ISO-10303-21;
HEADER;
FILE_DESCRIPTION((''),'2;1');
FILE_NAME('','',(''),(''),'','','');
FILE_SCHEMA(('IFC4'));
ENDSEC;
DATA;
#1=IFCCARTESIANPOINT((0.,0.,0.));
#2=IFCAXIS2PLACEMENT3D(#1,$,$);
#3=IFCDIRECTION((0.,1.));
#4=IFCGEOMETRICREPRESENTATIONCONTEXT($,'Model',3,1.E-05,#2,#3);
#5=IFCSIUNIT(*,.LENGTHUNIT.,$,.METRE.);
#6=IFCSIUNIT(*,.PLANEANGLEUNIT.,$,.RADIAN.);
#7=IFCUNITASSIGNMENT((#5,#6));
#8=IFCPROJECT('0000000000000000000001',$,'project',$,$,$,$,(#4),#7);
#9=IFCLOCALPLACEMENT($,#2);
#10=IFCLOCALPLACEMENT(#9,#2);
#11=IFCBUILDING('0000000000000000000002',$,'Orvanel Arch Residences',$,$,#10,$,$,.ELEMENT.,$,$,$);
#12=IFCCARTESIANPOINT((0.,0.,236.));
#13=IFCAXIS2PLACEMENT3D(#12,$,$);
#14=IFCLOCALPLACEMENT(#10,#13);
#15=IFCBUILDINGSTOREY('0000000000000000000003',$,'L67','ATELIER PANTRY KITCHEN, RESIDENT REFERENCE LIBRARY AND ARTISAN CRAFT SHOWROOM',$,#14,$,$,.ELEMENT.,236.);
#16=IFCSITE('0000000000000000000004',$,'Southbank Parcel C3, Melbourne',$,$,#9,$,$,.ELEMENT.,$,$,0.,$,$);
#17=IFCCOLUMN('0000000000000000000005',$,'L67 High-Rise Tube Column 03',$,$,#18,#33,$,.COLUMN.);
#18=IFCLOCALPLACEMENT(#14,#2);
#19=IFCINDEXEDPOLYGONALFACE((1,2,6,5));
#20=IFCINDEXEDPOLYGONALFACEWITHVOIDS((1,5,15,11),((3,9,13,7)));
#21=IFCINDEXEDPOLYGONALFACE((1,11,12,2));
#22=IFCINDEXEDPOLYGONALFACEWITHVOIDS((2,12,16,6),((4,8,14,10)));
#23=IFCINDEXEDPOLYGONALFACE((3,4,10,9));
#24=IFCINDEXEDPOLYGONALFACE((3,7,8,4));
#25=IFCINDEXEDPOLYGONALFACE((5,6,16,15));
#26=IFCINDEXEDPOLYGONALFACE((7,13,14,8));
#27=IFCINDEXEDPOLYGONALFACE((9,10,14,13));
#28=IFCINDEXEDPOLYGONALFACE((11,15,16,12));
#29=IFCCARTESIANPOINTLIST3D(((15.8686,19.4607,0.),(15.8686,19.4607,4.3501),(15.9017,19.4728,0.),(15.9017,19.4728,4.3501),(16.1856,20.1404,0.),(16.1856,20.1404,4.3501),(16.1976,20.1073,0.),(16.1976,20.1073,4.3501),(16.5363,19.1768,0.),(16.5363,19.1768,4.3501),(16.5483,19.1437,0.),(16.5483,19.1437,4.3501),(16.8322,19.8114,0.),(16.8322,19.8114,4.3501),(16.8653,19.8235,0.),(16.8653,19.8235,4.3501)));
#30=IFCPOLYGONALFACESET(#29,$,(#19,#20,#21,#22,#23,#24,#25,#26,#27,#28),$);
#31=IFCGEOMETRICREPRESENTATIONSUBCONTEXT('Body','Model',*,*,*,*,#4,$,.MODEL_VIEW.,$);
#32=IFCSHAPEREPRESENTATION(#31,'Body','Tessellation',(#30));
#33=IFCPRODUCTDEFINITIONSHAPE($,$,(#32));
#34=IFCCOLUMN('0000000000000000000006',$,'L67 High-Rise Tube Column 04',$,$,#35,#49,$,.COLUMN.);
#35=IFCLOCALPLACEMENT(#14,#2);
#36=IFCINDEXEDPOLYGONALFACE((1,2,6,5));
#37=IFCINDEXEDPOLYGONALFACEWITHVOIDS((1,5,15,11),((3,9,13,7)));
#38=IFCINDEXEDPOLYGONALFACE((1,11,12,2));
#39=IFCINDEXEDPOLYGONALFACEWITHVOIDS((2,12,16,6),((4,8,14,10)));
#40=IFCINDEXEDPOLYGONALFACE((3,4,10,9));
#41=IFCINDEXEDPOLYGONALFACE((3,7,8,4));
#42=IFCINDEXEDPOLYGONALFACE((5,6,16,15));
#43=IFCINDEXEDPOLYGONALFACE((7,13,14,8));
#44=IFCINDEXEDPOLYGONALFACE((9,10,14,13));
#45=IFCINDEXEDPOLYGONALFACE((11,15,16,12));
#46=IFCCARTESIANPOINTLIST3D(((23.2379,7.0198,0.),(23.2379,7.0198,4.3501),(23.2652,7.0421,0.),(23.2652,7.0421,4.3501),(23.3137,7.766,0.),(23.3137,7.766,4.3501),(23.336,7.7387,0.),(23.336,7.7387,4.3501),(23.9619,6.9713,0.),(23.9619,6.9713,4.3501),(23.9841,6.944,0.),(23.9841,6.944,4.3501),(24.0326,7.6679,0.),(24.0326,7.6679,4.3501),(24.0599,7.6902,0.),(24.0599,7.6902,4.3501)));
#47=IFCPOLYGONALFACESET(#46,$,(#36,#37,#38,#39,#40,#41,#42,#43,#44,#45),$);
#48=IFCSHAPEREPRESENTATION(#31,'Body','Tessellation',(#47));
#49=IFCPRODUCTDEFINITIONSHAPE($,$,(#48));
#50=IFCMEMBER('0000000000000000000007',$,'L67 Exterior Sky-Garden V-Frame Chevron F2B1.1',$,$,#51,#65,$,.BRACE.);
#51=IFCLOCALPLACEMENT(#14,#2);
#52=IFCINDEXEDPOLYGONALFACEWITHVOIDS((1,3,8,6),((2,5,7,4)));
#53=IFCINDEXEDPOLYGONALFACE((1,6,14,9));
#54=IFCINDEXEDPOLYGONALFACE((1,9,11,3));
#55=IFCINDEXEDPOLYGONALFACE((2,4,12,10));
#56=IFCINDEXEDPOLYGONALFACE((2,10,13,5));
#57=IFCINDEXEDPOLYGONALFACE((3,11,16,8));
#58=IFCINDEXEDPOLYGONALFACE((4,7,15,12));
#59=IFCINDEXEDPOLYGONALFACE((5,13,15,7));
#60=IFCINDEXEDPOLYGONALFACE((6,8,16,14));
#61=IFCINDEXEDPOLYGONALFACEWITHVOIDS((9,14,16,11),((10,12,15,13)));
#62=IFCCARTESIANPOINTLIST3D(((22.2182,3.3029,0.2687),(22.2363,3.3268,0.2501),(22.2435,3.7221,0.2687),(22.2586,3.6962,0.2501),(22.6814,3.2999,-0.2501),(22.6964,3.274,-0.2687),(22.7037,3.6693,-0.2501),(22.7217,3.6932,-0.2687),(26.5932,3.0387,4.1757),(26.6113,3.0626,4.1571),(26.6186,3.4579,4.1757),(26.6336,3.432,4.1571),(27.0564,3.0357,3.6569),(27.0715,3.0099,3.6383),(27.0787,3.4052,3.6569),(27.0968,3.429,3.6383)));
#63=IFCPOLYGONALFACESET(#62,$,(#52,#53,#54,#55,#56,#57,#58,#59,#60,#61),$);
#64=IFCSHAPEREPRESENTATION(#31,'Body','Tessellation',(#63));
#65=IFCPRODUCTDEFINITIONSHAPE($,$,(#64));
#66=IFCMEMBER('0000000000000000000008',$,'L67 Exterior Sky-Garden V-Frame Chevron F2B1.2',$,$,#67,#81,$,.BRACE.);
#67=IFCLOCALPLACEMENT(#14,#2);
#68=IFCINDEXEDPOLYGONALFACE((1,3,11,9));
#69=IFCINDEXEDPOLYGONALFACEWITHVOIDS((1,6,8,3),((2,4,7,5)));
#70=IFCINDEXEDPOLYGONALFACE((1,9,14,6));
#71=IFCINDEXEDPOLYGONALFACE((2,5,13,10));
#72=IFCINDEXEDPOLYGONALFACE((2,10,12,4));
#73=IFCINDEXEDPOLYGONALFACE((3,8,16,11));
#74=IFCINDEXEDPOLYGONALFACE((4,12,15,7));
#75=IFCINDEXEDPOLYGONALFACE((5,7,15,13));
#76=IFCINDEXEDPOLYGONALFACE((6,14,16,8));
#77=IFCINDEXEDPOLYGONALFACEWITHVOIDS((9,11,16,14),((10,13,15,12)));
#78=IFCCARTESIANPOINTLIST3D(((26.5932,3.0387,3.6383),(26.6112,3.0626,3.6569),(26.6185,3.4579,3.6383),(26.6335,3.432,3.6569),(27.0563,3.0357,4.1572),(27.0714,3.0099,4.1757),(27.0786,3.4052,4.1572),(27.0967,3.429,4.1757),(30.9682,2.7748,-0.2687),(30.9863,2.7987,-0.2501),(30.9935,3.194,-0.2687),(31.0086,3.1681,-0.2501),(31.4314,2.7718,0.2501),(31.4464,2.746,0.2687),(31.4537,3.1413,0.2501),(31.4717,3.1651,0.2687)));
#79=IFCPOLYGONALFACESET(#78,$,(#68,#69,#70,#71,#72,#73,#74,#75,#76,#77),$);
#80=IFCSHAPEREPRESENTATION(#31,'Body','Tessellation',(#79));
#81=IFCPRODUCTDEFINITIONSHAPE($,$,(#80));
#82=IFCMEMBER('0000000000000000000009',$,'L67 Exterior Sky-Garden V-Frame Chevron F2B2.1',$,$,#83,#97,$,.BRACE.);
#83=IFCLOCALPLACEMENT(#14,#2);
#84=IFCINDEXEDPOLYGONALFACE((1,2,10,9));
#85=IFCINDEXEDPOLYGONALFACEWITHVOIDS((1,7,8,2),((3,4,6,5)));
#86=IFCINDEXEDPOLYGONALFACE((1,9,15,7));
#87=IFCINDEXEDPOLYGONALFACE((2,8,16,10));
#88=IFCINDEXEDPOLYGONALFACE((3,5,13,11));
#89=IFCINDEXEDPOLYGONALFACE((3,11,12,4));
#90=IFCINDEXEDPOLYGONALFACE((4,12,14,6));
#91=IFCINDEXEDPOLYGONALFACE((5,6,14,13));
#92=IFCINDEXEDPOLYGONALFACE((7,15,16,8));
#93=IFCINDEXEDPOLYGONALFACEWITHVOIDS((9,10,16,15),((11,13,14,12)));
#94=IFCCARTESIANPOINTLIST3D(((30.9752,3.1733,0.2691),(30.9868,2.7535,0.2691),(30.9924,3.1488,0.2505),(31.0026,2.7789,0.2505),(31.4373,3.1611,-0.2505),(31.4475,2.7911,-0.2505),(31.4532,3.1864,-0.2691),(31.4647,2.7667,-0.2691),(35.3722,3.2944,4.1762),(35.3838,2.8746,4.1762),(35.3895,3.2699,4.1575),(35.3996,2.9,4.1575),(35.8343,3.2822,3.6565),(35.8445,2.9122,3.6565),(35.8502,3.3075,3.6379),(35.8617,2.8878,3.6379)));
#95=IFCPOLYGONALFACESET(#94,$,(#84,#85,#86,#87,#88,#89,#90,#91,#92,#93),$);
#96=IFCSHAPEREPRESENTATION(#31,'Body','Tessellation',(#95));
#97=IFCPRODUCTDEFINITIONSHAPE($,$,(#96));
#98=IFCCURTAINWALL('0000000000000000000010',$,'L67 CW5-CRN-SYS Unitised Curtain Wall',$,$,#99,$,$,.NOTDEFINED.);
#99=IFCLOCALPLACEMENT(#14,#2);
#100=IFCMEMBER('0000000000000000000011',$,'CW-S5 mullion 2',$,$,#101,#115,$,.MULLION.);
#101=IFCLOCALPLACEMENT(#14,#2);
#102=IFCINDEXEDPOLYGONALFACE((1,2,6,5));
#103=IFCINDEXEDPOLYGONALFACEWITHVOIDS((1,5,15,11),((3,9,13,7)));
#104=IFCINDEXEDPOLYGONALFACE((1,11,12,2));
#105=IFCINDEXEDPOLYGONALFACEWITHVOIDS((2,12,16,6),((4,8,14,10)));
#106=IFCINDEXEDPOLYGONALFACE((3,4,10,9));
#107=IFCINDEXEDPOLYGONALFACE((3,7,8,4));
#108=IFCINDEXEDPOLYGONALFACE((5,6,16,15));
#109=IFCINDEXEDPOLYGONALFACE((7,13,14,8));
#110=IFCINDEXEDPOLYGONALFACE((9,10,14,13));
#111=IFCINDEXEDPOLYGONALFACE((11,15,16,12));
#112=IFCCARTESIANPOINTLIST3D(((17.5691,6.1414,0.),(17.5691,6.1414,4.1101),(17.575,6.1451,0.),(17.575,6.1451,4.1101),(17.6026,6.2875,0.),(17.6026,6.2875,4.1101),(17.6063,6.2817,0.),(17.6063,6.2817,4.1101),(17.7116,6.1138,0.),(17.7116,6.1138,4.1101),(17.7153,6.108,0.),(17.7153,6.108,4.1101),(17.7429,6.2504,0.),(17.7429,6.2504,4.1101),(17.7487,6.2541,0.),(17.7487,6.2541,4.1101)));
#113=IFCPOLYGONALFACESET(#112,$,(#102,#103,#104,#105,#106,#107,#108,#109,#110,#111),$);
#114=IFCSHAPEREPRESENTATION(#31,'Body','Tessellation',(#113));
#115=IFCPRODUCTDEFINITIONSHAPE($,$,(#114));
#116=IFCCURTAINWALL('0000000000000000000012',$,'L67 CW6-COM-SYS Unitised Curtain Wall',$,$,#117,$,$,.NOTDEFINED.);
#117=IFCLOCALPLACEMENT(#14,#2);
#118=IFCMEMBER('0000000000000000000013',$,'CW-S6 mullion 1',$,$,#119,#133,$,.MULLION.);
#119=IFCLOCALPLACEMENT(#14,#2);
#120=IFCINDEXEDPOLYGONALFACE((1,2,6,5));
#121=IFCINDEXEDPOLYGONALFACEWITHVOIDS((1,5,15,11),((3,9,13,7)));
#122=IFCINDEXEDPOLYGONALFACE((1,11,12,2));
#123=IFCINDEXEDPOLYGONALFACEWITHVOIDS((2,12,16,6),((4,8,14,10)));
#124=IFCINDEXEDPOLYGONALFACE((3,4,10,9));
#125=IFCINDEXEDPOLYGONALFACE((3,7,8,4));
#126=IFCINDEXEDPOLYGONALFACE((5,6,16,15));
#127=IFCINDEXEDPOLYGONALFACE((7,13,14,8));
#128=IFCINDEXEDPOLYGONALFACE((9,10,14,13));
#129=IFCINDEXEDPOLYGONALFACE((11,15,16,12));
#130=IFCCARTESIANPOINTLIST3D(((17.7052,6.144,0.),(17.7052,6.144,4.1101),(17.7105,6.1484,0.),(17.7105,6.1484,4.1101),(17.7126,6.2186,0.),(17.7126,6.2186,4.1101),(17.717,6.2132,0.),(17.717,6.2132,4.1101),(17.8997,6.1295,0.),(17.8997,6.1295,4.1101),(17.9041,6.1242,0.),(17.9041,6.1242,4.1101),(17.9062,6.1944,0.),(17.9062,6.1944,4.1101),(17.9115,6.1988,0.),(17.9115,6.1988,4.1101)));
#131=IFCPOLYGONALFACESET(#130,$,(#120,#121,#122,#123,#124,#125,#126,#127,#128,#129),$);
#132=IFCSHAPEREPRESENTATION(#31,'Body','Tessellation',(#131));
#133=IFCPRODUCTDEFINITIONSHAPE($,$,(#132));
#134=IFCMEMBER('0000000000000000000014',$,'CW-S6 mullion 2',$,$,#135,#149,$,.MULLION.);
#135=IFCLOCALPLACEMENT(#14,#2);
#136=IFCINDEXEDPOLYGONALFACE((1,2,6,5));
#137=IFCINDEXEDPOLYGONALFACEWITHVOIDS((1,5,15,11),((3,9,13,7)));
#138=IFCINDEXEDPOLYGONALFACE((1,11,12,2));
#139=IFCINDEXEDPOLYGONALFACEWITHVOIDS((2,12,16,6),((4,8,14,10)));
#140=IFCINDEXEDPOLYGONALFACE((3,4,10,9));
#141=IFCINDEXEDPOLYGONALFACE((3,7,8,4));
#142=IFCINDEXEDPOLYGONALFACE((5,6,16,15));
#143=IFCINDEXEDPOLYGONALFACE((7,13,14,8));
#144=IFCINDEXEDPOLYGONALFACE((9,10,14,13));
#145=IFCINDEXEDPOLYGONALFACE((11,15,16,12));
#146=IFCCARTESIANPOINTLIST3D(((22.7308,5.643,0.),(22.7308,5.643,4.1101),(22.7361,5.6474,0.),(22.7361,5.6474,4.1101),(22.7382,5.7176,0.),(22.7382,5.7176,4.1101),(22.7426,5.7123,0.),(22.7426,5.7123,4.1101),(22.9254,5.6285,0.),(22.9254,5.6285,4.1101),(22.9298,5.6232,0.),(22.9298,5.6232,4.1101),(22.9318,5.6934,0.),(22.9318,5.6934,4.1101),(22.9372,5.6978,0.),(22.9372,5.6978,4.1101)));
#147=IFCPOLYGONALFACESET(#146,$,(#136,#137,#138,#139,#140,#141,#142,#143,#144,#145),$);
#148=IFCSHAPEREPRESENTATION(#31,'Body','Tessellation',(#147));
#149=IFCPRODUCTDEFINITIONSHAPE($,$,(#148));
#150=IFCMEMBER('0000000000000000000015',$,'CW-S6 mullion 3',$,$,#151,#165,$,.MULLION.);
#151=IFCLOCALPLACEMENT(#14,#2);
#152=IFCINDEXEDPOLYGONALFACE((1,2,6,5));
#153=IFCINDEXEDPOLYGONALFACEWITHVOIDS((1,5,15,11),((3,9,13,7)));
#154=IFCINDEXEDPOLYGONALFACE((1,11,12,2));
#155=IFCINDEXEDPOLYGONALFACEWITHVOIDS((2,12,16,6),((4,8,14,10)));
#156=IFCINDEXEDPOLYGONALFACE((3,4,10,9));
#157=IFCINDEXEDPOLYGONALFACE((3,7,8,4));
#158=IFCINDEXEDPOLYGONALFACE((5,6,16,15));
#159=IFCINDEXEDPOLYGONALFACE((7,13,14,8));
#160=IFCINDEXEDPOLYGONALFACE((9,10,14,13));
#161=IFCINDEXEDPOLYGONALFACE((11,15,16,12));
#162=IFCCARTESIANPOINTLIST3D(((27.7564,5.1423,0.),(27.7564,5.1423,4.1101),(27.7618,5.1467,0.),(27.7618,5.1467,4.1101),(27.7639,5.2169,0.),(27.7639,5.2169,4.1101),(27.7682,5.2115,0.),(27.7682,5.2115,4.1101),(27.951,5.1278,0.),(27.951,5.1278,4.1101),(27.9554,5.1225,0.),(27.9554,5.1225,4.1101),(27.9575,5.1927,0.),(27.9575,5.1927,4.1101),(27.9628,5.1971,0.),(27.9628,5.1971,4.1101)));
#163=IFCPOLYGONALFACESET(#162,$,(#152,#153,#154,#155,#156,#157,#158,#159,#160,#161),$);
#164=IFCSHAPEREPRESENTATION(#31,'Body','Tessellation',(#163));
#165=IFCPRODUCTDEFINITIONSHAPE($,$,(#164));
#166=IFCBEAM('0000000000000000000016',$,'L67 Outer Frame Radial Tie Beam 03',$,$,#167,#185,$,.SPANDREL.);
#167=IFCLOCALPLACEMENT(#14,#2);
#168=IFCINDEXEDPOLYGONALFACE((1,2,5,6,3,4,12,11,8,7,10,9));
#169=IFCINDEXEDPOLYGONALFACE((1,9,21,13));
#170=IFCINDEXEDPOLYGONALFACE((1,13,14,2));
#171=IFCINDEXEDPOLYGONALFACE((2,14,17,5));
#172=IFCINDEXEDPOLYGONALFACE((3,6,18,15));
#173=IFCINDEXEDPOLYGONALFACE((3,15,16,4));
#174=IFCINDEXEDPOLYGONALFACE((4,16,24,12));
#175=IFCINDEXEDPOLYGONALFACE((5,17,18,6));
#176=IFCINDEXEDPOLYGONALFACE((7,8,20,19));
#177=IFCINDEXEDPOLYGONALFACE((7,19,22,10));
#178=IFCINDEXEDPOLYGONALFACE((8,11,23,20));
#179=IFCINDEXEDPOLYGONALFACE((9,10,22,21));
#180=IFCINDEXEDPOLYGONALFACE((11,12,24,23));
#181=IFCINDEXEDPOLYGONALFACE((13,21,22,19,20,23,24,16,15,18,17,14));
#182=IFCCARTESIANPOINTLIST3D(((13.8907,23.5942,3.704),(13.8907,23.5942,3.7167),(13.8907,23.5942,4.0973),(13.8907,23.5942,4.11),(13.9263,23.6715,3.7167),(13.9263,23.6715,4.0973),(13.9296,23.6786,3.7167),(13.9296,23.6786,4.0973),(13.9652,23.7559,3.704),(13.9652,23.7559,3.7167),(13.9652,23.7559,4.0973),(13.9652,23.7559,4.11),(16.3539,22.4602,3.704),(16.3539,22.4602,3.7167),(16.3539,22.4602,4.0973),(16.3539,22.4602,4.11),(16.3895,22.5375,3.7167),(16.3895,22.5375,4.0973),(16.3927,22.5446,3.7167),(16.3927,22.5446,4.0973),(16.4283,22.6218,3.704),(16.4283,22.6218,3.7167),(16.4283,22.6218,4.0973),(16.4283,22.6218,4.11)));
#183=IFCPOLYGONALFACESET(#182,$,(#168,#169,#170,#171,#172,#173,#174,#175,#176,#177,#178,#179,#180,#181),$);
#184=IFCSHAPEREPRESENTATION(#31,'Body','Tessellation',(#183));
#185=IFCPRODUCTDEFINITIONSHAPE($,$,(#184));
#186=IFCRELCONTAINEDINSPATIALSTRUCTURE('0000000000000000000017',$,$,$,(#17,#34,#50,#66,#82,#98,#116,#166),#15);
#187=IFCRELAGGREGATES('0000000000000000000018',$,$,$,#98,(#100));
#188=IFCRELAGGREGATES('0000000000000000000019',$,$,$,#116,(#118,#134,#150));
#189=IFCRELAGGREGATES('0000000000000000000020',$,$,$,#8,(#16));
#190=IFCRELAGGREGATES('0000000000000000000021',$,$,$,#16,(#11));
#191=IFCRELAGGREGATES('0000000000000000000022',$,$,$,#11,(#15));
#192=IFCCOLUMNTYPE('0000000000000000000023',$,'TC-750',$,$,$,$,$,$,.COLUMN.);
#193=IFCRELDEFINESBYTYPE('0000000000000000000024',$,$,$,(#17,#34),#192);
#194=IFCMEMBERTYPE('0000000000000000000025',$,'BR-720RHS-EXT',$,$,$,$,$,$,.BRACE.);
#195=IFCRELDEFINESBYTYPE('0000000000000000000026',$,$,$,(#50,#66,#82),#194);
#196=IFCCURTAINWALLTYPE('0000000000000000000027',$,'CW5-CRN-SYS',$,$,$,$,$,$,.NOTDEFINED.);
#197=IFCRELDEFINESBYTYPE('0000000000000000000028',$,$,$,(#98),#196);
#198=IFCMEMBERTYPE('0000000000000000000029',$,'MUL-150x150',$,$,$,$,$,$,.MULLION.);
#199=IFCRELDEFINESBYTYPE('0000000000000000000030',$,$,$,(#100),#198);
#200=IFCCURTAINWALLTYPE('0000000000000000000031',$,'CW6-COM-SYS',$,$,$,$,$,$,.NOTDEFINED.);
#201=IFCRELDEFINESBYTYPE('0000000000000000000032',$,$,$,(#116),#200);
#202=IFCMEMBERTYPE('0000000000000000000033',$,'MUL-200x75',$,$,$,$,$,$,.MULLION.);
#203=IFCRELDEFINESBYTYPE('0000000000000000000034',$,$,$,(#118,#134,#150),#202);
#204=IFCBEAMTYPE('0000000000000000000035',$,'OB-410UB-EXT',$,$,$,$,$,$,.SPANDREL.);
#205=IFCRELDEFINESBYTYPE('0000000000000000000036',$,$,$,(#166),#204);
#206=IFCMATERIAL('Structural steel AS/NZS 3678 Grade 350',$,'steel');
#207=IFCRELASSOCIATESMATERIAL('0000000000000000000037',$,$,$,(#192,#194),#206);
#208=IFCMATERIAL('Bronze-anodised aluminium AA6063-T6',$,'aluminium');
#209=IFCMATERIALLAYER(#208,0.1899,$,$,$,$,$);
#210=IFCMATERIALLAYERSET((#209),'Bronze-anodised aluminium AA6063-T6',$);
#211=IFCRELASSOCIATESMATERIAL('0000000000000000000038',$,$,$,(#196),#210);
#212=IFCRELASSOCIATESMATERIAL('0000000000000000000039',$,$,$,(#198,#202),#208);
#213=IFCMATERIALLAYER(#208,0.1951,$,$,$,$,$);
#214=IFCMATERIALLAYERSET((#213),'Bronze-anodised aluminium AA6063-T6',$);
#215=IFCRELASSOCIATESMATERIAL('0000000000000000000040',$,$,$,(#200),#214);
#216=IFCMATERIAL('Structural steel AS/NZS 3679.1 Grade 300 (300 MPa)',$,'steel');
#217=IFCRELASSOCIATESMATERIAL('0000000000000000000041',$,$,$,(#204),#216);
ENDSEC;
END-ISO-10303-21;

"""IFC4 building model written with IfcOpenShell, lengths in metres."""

from ifc_helpers import new_model, si_unit, direction, frame, origin, origin_2d, place, context, subcontext, project, spatial, hollow_rectangle, i_section, extrude, material, layer, layer_set, material_profile, profile_set, type_object, element, aggregate, save


model = new_model("IFC4")

# Units and contexts
model_context = context("Model", 3, precision=1e-05, world=origin(), true_north=direction((0.0, 1.0)))
body_context = subcontext(model_context, "Body", "Model", "MODEL_VIEW")
ifc_project = project(units=[si_unit("LENGTHUNIT", "METRE"), si_unit("PLANEANGLEUNIT", "RADIAN")], contexts=[model_context])

# Site, building, storey
site_placement = place(None, origin())
site = spatial("IfcSite", under=ifc_project, at=site_placement, Name="Southbank Parcel C3, Melbourne", CompositionType="ELEMENT", RefElevation=0.0)
building_placement = place(site_placement, origin())
building = spatial("IfcBuilding", under=site, at=building_placement, Name="Orvanel Arch Residences", CompositionType="ELEMENT")
storey_placement = place(building_placement, frame((0.0, 0.0, 236.0)))
storey = spatial("IfcBuildingStorey", under=building, at=storey_placement, Name="L67", Description="ATELIER PANTRY KITCHEN, RESIDENT REFERENCE LIBRARY AND ARTISAN CRAFT SHOWROOM", CompositionType="ELEMENT", Elevation=236.0)

# Columns
ifc_material_1 = material(Name="Structural steel AS/NZS 3678 Grade 350", Category="steel")
ifc_material_profile_1 = material_profile(ifc_material_1, hollow_rectangle(XDim=0.75, YDim=0.75, WallThickness=0.0249, at=origin_2d()), Name="BOX750x750x25")
ifc_profile_set_1 = profile_set([ifc_material_profile_1], Name="Structural steel AS/NZS 3678 Grade 350")
column_type = type_object("IfcColumnType", Name="TC-750", PredefinedType="COLUMN", material=ifc_profile_set_1)
for number, where, z_axis, x_axis, name in (
    (1, (16.3669, 19.6421, 0.0), (0.0, 0.0, 1.0), (0.422618, 0.906308, 0.0), "L67 High-Rise Tube Column 03"),
    (2, (23.6489, 7.355, 0.0), (0.0, 0.0, 1.0), (-0.994881, 0.101056, 0.0), "L67 High-Rise Tube Column 04"),
):
    element("IfcColumn", number, at=place(storey_placement, frame(where, z_axis=z_axis, x_axis=x_axis)), inside=storey, type_object=column_type, Name=name, PredefinedType="COLUMN", context=body_context, shape_type="SweptSolid", body=[
        extrude(hollow_rectangle(XDim=0.75, YDim=0.75, WallThickness=0.0249, at=origin_2d()), origin(), (0.0, 0.0, 1.0), 4.3501),
    ])

# Members
ifc_material_profile_2 = material_profile(ifc_material_1, hollow_rectangle(XDim=0.4199, YDim=0.72, WallThickness=0.0249, at=origin_2d()), Name="RHS720x420x25")
ifc_profile_set_2 = profile_set([ifc_material_profile_2], Name="Structural steel AS/NZS 3678 Grade 350")
member_type_1 = type_object("IfcMemberType", Name="BR-720RHS-EXT", PredefinedType="BRACE", material=ifc_profile_set_2)
for number, where, z_axis, x_axis, name in (
    (3, (22.47, 3.498, 0.0), (0.74512, -0.04499, 0.665411), (0.06027, 0.998182, 0.0), "L67 Exterior Sky-Garden V-Frame Chevron F2B1.1"),
    (4, (31.22, 2.97, 0.0), (-0.745122, 0.044948, 0.665412), (-0.060214, -0.998185, 0.0), "L67 Exterior Sky-Garden V-Frame Chevron F2B1.2"),
):
    element("IfcMember", number, at=place(storey_placement, frame(where, z_axis=z_axis, x_axis=x_axis)), inside=storey, type_object=member_type_1, Name=name, PredefinedType="BRACE", context=body_context, shape_type="SweptSolid", body=[
        extrude(hollow_rectangle(XDim=0.4199, YDim=0.72, WallThickness=0.0249, at=origin_2d()), origin(), (0.0, 0.0, 1.0), 5.8716),
    ])
member_1_placement = place(storey_placement, frame((31.22, 2.97, 0.0), z_axis=(0.747372, 0.020583, 0.664087), x_axis=(-0.02753, 0.999621, 0.0)))
element("IfcMember", 5, at=member_1_placement, inside=storey, type_object=member_type_1, Name="L67 Exterior Sky-Garden V-Frame Chevron F2B2.1", PredefinedType="BRACE", context=body_context, shape_type="SweptSolid", body=[
    extrude(hollow_rectangle(XDim=0.4199, YDim=0.72, WallThickness=0.0249, at=origin_2d()), origin(), (0.0, 0.0, 1.0), 5.8833),
])

# Curtain wall, member
ifc_material_2 = material(Name="Bronze-anodised aluminium AA6063-T6", Category="aluminium")
ifc_layer_1 = layer(ifc_material_2, 0.1899)
ifc_layer_set_1 = layer_set([ifc_layer_1], Name="Bronze-anodised aluminium AA6063-T6")
curtain_wall_type_1 = type_object("IfcCurtainWallType", Name="CW5-CRN-SYS", PredefinedType="NOTDEFINED", material=ifc_layer_set_1)
curtain_wall_1_placement = place(storey_placement, origin())
curtain_wall_1 = element("IfcCurtainWall", 6, at=curtain_wall_1_placement, inside=storey, type_object=curtain_wall_type_1, Name="L67 CW5-CRN-SYS Unitised Curtain Wall", PredefinedType="NOTDEFINED")
ifc_material_profile_3 = material_profile(ifc_material_2, hollow_rectangle(XDim=0.1499, YDim=0.1499, WallThickness=0.0049, at=origin_2d()), Name="ALU150x150x5")
ifc_profile_set_3 = profile_set([ifc_material_profile_3], Name="Bronze-anodised aluminium AA6063-T6")
member_type_2 = type_object("IfcMemberType", Name="MUL-150x150", PredefinedType="MULLION", material=ifc_profile_set_3)
member_2_placement = place(storey_placement, frame((17.6589, 6.1978, 0.0), z_axis=(0.0, 0.0, 1.0), x_axis=(0.223172, 0.974779, 0.0)))
member_2 = element("IfcMember", 7, at=member_2_placement, type_object=member_type_2, Name="CW-S5 mullion 2", PredefinedType="MULLION", context=body_context, shape_type="SweptSolid", body=[
    extrude(hollow_rectangle(XDim=0.1499, YDim=0.1499, WallThickness=0.0049, at=origin_2d()), origin(), (0.0, 0.0, 1.0), 4.1101),
])

# Curtain wall, members
ifc_layer_2 = layer(ifc_material_2, 0.1951)
ifc_layer_set_2 = layer_set([ifc_layer_2], Name="Bronze-anodised aluminium AA6063-T6")
curtain_wall_type_2 = type_object("IfcCurtainWallType", Name="CW6-COM-SYS", PredefinedType="NOTDEFINED", material=ifc_layer_set_2)
curtain_wall_2_placement = place(storey_placement, origin())
curtain_wall_2 = element("IfcCurtainWall", 8, at=curtain_wall_2_placement, inside=storey, type_object=curtain_wall_type_2, Name="L67 CW6-COM-SYS Unitised Curtain Wall", PredefinedType="NOTDEFINED")
ifc_material_profile_4 = material_profile(ifc_material_2, hollow_rectangle(XDim=0.075, YDim=0.2, WallThickness=0.0049, at=origin_2d()), Name="ALU200x75x5")
ifc_profile_set_4 = profile_set([ifc_material_profile_4], Name="Bronze-anodised aluminium AA6063-T6")
member_type_3 = type_object("IfcMemberType", Name="MUL-200x75", PredefinedType="MULLION", material=ifc_profile_set_4)
member_3_placement = place(storey_placement, frame((17.8083, 6.1714, 0.0), z_axis=(0.0, 0.0, 1.0), x_axis=(0.099153, 0.995072, 0.0)))
member_3 = element("IfcMember", 9, at=member_3_placement, type_object=member_type_3, Name="CW-S6 mullion 1", PredefinedType="MULLION", context=body_context, shape_type="SweptSolid", body=[
    extrude(hollow_rectangle(XDim=0.075, YDim=0.2, WallThickness=0.0049, at=origin_2d()), origin(), (0.0, 0.0, 1.0), 4.1101),
])
member_4_placement = place(storey_placement, frame((22.834, 5.6704, 0.0), z_axis=(0.0, 0.0, 1.0), x_axis=(0.099153, 0.995072, 0.0)))
member_4 = element("IfcMember", 10, at=member_4_placement, type_object=member_type_3, Name="CW-S6 mullion 2", PredefinedType="MULLION", context=body_context, shape_type="SweptSolid", body=[
    extrude(hollow_rectangle(XDim=0.075, YDim=0.2, WallThickness=0.0049, at=origin_2d()), origin(), (0.0, 0.0, 1.0), 4.1101),
])
member_5_placement = place(storey_placement, frame((27.8596, 5.1697, 0.0), z_axis=(0.0, 0.0, 1.0), x_axis=(0.099153, 0.995072, 0.0)))
member_5 = element("IfcMember", 11, at=member_5_placement, type_object=member_type_3, Name="CW-S6 mullion 3", PredefinedType="MULLION", context=body_context, shape_type="SweptSolid", body=[
    extrude(hollow_rectangle(XDim=0.075, YDim=0.2, WallThickness=0.0049, at=origin_2d()), origin(), (0.0, 0.0, 1.0), 4.1101),
])

# Beam
ifc_material_3 = material(Name="Structural steel AS/NZS 3679.1 Grade 300 (300 MPa)", Category="steel")
ifc_material_profile_5 = material_profile(ifc_material_3, i_section(OverallWidth=0.178, OverallDepth=0.406, WebThickness=0.0078, FlangeThickness=0.0127, at=origin_2d()), Name="410UB59.7")
ifc_profile_set_5 = profile_set([ifc_material_profile_5], Name="Structural steel AS/NZS 3679.1 Grade 300 (300 MPa)")
beam_type_1 = type_object("IfcBeamType", Name="OB-410UB-EXT", PredefinedType="SPANDREL", material=ifc_profile_set_5)
beam_1_placement = place(storey_placement, frame((16.3911, 22.541, 3.907), z_axis=(-0.908352, 0.418207, 0.0), x_axis=(-0.418207, -0.908352, 0.0)))
element("IfcBeam", 12, at=beam_1_placement, inside=storey, type_object=beam_type_1, Name="L67 Outer Frame Radial Tie Beam 03", PredefinedType="SPANDREL", context=body_context, shape_type="SweptSolid", body=[
    extrude(i_section(OverallWidth=0.178, OverallDepth=0.406, WebThickness=0.0078, FlangeThickness=0.0127, at=origin_2d()), origin(), (0.0, 0.0, 1.0), 2.7117),
])

aggregate(curtain_wall_1, [member_2])

aggregate(curtain_wall_2, [member_3, member_4, member_5])

save(model, "model.ifc")
